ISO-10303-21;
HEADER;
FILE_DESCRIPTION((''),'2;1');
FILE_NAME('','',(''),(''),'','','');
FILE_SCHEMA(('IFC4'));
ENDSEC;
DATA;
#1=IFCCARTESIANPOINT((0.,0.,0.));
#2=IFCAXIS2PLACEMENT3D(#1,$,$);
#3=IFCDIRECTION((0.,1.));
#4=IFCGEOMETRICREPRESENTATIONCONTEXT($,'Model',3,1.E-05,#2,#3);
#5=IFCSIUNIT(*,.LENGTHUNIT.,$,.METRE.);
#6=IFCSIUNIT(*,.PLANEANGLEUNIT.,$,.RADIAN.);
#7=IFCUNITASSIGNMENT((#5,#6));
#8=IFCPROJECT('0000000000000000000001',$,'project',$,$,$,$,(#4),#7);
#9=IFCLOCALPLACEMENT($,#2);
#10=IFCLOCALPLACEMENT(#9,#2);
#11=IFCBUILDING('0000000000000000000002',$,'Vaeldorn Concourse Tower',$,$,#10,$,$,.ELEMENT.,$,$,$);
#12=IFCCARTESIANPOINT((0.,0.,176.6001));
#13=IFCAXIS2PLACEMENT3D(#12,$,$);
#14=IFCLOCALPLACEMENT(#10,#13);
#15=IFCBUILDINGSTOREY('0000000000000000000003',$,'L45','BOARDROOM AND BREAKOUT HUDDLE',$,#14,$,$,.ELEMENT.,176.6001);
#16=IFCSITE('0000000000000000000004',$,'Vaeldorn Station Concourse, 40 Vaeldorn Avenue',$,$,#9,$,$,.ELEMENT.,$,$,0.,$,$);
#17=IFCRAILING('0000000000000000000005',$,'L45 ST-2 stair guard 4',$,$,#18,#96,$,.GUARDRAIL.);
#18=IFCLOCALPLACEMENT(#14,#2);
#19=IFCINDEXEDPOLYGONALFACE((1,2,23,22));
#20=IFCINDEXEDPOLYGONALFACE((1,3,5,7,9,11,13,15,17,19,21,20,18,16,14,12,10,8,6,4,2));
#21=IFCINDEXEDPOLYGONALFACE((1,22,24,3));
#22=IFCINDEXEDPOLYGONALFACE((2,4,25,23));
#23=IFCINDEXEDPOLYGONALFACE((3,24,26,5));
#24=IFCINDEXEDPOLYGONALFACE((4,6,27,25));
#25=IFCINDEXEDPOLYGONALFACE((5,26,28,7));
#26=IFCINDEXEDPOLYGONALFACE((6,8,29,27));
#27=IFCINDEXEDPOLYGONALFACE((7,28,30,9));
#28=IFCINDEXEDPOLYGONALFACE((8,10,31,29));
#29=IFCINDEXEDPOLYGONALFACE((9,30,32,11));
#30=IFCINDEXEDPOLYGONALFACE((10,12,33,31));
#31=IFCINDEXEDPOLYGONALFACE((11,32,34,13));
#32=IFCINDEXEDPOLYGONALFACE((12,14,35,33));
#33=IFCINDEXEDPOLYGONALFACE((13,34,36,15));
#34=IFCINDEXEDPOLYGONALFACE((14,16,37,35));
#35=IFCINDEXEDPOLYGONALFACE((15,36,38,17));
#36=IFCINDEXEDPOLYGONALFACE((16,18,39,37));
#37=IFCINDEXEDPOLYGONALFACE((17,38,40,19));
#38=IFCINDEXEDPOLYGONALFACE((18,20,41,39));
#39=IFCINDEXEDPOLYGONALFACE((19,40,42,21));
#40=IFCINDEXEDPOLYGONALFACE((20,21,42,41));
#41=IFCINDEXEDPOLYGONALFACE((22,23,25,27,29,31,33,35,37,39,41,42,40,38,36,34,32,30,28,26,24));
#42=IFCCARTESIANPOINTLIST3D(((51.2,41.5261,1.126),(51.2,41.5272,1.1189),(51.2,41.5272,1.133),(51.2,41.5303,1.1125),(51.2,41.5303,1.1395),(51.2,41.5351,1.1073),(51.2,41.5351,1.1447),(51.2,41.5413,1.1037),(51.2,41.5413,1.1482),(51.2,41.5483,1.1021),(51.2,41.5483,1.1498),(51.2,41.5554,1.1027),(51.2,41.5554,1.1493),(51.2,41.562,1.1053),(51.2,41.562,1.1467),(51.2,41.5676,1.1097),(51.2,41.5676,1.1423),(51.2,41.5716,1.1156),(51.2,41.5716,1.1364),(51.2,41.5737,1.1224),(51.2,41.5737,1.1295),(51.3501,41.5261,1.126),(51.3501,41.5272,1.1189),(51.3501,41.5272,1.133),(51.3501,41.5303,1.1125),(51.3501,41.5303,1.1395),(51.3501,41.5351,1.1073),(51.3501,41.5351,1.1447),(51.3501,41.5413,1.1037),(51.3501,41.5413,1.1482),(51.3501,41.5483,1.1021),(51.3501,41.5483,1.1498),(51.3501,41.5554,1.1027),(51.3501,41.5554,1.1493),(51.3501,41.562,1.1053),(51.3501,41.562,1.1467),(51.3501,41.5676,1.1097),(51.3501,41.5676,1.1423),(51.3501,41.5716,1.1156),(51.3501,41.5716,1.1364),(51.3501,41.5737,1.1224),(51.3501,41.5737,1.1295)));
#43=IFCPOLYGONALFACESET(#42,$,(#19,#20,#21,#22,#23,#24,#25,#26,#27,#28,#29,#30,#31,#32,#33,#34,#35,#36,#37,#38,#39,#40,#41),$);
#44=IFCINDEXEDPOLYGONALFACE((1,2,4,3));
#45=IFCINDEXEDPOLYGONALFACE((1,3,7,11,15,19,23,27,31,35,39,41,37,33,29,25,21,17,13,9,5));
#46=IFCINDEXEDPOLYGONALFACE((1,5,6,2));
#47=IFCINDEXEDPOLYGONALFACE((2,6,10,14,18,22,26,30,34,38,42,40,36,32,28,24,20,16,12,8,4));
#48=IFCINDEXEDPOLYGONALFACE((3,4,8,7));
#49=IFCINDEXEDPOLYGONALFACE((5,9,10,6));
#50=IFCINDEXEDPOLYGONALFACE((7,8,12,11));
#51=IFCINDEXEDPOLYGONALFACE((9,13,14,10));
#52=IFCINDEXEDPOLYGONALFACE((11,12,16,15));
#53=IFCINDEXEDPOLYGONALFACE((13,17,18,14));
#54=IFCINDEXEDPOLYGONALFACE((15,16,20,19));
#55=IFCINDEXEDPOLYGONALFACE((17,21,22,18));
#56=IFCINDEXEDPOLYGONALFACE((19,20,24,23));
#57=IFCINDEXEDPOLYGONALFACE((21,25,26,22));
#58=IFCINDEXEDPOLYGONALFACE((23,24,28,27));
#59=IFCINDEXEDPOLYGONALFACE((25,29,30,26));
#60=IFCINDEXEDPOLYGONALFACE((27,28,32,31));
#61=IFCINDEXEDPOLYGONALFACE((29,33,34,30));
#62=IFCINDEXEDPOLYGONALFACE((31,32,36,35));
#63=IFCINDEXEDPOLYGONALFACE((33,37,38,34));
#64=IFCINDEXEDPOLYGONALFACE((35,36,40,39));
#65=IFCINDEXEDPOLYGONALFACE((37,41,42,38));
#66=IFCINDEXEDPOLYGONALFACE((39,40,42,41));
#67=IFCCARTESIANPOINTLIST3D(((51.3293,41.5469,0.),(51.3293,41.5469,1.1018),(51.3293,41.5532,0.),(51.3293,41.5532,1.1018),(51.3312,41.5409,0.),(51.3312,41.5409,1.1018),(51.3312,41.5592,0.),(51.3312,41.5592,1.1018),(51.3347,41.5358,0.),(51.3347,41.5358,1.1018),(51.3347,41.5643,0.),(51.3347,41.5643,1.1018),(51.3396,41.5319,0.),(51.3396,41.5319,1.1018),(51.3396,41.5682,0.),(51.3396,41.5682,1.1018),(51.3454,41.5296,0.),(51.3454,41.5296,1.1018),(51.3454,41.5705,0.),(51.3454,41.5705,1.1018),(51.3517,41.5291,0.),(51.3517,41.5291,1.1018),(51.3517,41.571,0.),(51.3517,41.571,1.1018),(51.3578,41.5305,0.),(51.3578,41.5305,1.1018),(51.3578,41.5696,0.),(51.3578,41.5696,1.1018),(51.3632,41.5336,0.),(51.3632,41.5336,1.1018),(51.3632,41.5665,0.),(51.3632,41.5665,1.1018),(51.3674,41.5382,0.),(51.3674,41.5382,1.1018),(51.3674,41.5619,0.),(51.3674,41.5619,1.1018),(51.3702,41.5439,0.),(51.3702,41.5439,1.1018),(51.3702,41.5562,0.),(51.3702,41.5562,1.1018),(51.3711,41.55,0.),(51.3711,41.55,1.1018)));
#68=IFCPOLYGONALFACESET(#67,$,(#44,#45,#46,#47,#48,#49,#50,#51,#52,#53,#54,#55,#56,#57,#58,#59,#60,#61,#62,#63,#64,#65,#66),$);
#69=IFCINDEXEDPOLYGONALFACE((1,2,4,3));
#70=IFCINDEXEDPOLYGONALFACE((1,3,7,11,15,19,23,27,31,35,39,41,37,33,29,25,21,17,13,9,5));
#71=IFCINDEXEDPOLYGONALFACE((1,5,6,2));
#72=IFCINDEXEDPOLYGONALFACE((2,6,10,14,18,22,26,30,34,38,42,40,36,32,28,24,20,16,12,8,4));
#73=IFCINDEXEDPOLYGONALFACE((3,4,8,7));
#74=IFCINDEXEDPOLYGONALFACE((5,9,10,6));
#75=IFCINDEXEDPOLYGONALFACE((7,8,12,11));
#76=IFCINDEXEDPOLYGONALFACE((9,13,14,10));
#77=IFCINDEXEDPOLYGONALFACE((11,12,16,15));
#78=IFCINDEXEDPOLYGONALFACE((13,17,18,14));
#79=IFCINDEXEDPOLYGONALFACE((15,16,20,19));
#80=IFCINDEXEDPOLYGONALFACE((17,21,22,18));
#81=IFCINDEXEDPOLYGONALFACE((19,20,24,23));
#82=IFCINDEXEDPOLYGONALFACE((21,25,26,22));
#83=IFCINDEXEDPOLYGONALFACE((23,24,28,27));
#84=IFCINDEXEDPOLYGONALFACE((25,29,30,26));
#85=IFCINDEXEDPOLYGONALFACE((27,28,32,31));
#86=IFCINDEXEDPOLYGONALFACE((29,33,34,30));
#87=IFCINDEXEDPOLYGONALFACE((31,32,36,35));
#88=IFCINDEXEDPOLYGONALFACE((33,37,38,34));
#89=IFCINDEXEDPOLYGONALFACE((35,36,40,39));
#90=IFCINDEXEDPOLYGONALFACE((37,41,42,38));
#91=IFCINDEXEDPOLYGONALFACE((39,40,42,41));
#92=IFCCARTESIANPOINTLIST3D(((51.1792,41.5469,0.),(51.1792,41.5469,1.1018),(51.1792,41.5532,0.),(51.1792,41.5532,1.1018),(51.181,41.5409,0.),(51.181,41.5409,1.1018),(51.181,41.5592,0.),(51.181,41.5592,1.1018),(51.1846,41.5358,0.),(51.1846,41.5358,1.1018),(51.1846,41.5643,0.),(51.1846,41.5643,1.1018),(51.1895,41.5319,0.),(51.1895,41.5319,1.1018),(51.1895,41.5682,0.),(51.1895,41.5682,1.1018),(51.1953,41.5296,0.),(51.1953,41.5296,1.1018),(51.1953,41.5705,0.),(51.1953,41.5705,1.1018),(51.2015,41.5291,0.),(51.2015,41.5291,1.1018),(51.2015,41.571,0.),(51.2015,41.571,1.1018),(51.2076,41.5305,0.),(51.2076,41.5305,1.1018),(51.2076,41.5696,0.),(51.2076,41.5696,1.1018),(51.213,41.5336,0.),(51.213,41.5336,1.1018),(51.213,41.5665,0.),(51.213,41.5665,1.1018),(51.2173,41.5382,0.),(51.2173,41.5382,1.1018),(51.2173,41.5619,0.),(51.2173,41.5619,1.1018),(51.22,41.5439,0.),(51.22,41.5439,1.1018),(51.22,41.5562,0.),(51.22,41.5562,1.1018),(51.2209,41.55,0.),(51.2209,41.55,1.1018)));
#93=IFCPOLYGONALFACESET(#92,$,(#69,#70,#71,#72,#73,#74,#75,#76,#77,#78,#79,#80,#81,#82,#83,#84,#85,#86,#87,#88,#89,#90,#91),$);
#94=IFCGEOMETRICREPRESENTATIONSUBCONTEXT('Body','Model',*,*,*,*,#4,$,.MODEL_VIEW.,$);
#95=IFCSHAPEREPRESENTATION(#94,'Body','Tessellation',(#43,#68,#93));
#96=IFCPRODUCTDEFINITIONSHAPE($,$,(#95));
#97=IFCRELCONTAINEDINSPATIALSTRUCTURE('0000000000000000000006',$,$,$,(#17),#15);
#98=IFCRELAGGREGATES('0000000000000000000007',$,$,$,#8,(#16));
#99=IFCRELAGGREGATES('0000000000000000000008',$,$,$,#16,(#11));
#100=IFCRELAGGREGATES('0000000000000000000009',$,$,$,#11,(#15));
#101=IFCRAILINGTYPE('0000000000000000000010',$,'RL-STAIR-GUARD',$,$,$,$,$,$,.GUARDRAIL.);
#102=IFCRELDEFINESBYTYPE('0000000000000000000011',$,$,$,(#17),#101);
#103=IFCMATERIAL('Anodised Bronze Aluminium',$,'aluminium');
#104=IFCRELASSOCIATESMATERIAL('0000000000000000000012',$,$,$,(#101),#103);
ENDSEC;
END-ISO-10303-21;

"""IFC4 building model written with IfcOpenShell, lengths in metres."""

from ifc_helpers import new_model, si_unit, direction, frame, origin, origin_2d, place, context, subcontext, project, spatial, circle, extrude, material, type_object, element, save


model = new_model("IFC4")

# Units and contexts
model_context = context("Model", 3, precision=1e-05, world=origin(), true_north=direction((0.0, 1.0)))
body_context = subcontext(model_context, "Body", "Model", "MODEL_VIEW")
ifc_project = project(units=[si_unit("LENGTHUNIT", "METRE"), si_unit("PLANEANGLEUNIT", "RADIAN")], contexts=[model_context])

# Site, building, storey
site_placement = place(None, origin())
site = spatial("IfcSite", under=ifc_project, at=site_placement, Name="Vaeldorn Station Concourse, 40 Vaeldorn Avenue", CompositionType="ELEMENT", RefElevation=0.0)
building_placement = place(site_placement, origin())
building = spatial("IfcBuilding", under=site, at=building_placement, Name="Vaeldorn Concourse Tower", CompositionType="ELEMENT")
storey_placement = place(building_placement, frame((0.0, 0.0, 176.6001)))
storey = spatial("IfcBuildingStorey", under=building, at=storey_placement, Name="L45", Description="BOARDROOM AND BREAKOUT HUDDLE", CompositionType="ELEMENT", Elevation=176.6001)

# Shared definitions
ifc_material_1 = material(Name="Anodised Bronze Aluminium", Category="aluminium")

# Railing
railing_type_1 = type_object("IfcRailingType", Name="RL-STAIR-GUARD", PredefinedType="GUARDRAIL", material=ifc_material_1)
railing_1_placement = place(storey_placement, frame((51.3501, 41.55, 0.0)))
element("IfcRailing", 1, at=railing_1_placement, inside=storey, type_object=railing_type_1, Name="L45 ST-2 stair guard 4", PredefinedType="GUARDRAIL", context=body_context, shape_type="SweptSolid", body=[
    extrude(circle(Radius=0.0239, at=origin_2d()), frame((0.0, 0.0, 1.126), z_axis=(-1.0, 0.0, 0.0), x_axis=(0.0, -1.0, 0.0)), (0.0, 0.0, 1.0), 0.1501),
    extrude(circle(Radius=0.021, at=origin_2d()), origin(), (0.0, 0.0, 1.0), 1.1018),
    extrude(circle(Radius=0.021, at=origin_2d()), frame((-0.1501, 0.0, 0.0)), (0.0, 0.0, 1.0), 1.1018),
])

save(model, "model.ifc")
